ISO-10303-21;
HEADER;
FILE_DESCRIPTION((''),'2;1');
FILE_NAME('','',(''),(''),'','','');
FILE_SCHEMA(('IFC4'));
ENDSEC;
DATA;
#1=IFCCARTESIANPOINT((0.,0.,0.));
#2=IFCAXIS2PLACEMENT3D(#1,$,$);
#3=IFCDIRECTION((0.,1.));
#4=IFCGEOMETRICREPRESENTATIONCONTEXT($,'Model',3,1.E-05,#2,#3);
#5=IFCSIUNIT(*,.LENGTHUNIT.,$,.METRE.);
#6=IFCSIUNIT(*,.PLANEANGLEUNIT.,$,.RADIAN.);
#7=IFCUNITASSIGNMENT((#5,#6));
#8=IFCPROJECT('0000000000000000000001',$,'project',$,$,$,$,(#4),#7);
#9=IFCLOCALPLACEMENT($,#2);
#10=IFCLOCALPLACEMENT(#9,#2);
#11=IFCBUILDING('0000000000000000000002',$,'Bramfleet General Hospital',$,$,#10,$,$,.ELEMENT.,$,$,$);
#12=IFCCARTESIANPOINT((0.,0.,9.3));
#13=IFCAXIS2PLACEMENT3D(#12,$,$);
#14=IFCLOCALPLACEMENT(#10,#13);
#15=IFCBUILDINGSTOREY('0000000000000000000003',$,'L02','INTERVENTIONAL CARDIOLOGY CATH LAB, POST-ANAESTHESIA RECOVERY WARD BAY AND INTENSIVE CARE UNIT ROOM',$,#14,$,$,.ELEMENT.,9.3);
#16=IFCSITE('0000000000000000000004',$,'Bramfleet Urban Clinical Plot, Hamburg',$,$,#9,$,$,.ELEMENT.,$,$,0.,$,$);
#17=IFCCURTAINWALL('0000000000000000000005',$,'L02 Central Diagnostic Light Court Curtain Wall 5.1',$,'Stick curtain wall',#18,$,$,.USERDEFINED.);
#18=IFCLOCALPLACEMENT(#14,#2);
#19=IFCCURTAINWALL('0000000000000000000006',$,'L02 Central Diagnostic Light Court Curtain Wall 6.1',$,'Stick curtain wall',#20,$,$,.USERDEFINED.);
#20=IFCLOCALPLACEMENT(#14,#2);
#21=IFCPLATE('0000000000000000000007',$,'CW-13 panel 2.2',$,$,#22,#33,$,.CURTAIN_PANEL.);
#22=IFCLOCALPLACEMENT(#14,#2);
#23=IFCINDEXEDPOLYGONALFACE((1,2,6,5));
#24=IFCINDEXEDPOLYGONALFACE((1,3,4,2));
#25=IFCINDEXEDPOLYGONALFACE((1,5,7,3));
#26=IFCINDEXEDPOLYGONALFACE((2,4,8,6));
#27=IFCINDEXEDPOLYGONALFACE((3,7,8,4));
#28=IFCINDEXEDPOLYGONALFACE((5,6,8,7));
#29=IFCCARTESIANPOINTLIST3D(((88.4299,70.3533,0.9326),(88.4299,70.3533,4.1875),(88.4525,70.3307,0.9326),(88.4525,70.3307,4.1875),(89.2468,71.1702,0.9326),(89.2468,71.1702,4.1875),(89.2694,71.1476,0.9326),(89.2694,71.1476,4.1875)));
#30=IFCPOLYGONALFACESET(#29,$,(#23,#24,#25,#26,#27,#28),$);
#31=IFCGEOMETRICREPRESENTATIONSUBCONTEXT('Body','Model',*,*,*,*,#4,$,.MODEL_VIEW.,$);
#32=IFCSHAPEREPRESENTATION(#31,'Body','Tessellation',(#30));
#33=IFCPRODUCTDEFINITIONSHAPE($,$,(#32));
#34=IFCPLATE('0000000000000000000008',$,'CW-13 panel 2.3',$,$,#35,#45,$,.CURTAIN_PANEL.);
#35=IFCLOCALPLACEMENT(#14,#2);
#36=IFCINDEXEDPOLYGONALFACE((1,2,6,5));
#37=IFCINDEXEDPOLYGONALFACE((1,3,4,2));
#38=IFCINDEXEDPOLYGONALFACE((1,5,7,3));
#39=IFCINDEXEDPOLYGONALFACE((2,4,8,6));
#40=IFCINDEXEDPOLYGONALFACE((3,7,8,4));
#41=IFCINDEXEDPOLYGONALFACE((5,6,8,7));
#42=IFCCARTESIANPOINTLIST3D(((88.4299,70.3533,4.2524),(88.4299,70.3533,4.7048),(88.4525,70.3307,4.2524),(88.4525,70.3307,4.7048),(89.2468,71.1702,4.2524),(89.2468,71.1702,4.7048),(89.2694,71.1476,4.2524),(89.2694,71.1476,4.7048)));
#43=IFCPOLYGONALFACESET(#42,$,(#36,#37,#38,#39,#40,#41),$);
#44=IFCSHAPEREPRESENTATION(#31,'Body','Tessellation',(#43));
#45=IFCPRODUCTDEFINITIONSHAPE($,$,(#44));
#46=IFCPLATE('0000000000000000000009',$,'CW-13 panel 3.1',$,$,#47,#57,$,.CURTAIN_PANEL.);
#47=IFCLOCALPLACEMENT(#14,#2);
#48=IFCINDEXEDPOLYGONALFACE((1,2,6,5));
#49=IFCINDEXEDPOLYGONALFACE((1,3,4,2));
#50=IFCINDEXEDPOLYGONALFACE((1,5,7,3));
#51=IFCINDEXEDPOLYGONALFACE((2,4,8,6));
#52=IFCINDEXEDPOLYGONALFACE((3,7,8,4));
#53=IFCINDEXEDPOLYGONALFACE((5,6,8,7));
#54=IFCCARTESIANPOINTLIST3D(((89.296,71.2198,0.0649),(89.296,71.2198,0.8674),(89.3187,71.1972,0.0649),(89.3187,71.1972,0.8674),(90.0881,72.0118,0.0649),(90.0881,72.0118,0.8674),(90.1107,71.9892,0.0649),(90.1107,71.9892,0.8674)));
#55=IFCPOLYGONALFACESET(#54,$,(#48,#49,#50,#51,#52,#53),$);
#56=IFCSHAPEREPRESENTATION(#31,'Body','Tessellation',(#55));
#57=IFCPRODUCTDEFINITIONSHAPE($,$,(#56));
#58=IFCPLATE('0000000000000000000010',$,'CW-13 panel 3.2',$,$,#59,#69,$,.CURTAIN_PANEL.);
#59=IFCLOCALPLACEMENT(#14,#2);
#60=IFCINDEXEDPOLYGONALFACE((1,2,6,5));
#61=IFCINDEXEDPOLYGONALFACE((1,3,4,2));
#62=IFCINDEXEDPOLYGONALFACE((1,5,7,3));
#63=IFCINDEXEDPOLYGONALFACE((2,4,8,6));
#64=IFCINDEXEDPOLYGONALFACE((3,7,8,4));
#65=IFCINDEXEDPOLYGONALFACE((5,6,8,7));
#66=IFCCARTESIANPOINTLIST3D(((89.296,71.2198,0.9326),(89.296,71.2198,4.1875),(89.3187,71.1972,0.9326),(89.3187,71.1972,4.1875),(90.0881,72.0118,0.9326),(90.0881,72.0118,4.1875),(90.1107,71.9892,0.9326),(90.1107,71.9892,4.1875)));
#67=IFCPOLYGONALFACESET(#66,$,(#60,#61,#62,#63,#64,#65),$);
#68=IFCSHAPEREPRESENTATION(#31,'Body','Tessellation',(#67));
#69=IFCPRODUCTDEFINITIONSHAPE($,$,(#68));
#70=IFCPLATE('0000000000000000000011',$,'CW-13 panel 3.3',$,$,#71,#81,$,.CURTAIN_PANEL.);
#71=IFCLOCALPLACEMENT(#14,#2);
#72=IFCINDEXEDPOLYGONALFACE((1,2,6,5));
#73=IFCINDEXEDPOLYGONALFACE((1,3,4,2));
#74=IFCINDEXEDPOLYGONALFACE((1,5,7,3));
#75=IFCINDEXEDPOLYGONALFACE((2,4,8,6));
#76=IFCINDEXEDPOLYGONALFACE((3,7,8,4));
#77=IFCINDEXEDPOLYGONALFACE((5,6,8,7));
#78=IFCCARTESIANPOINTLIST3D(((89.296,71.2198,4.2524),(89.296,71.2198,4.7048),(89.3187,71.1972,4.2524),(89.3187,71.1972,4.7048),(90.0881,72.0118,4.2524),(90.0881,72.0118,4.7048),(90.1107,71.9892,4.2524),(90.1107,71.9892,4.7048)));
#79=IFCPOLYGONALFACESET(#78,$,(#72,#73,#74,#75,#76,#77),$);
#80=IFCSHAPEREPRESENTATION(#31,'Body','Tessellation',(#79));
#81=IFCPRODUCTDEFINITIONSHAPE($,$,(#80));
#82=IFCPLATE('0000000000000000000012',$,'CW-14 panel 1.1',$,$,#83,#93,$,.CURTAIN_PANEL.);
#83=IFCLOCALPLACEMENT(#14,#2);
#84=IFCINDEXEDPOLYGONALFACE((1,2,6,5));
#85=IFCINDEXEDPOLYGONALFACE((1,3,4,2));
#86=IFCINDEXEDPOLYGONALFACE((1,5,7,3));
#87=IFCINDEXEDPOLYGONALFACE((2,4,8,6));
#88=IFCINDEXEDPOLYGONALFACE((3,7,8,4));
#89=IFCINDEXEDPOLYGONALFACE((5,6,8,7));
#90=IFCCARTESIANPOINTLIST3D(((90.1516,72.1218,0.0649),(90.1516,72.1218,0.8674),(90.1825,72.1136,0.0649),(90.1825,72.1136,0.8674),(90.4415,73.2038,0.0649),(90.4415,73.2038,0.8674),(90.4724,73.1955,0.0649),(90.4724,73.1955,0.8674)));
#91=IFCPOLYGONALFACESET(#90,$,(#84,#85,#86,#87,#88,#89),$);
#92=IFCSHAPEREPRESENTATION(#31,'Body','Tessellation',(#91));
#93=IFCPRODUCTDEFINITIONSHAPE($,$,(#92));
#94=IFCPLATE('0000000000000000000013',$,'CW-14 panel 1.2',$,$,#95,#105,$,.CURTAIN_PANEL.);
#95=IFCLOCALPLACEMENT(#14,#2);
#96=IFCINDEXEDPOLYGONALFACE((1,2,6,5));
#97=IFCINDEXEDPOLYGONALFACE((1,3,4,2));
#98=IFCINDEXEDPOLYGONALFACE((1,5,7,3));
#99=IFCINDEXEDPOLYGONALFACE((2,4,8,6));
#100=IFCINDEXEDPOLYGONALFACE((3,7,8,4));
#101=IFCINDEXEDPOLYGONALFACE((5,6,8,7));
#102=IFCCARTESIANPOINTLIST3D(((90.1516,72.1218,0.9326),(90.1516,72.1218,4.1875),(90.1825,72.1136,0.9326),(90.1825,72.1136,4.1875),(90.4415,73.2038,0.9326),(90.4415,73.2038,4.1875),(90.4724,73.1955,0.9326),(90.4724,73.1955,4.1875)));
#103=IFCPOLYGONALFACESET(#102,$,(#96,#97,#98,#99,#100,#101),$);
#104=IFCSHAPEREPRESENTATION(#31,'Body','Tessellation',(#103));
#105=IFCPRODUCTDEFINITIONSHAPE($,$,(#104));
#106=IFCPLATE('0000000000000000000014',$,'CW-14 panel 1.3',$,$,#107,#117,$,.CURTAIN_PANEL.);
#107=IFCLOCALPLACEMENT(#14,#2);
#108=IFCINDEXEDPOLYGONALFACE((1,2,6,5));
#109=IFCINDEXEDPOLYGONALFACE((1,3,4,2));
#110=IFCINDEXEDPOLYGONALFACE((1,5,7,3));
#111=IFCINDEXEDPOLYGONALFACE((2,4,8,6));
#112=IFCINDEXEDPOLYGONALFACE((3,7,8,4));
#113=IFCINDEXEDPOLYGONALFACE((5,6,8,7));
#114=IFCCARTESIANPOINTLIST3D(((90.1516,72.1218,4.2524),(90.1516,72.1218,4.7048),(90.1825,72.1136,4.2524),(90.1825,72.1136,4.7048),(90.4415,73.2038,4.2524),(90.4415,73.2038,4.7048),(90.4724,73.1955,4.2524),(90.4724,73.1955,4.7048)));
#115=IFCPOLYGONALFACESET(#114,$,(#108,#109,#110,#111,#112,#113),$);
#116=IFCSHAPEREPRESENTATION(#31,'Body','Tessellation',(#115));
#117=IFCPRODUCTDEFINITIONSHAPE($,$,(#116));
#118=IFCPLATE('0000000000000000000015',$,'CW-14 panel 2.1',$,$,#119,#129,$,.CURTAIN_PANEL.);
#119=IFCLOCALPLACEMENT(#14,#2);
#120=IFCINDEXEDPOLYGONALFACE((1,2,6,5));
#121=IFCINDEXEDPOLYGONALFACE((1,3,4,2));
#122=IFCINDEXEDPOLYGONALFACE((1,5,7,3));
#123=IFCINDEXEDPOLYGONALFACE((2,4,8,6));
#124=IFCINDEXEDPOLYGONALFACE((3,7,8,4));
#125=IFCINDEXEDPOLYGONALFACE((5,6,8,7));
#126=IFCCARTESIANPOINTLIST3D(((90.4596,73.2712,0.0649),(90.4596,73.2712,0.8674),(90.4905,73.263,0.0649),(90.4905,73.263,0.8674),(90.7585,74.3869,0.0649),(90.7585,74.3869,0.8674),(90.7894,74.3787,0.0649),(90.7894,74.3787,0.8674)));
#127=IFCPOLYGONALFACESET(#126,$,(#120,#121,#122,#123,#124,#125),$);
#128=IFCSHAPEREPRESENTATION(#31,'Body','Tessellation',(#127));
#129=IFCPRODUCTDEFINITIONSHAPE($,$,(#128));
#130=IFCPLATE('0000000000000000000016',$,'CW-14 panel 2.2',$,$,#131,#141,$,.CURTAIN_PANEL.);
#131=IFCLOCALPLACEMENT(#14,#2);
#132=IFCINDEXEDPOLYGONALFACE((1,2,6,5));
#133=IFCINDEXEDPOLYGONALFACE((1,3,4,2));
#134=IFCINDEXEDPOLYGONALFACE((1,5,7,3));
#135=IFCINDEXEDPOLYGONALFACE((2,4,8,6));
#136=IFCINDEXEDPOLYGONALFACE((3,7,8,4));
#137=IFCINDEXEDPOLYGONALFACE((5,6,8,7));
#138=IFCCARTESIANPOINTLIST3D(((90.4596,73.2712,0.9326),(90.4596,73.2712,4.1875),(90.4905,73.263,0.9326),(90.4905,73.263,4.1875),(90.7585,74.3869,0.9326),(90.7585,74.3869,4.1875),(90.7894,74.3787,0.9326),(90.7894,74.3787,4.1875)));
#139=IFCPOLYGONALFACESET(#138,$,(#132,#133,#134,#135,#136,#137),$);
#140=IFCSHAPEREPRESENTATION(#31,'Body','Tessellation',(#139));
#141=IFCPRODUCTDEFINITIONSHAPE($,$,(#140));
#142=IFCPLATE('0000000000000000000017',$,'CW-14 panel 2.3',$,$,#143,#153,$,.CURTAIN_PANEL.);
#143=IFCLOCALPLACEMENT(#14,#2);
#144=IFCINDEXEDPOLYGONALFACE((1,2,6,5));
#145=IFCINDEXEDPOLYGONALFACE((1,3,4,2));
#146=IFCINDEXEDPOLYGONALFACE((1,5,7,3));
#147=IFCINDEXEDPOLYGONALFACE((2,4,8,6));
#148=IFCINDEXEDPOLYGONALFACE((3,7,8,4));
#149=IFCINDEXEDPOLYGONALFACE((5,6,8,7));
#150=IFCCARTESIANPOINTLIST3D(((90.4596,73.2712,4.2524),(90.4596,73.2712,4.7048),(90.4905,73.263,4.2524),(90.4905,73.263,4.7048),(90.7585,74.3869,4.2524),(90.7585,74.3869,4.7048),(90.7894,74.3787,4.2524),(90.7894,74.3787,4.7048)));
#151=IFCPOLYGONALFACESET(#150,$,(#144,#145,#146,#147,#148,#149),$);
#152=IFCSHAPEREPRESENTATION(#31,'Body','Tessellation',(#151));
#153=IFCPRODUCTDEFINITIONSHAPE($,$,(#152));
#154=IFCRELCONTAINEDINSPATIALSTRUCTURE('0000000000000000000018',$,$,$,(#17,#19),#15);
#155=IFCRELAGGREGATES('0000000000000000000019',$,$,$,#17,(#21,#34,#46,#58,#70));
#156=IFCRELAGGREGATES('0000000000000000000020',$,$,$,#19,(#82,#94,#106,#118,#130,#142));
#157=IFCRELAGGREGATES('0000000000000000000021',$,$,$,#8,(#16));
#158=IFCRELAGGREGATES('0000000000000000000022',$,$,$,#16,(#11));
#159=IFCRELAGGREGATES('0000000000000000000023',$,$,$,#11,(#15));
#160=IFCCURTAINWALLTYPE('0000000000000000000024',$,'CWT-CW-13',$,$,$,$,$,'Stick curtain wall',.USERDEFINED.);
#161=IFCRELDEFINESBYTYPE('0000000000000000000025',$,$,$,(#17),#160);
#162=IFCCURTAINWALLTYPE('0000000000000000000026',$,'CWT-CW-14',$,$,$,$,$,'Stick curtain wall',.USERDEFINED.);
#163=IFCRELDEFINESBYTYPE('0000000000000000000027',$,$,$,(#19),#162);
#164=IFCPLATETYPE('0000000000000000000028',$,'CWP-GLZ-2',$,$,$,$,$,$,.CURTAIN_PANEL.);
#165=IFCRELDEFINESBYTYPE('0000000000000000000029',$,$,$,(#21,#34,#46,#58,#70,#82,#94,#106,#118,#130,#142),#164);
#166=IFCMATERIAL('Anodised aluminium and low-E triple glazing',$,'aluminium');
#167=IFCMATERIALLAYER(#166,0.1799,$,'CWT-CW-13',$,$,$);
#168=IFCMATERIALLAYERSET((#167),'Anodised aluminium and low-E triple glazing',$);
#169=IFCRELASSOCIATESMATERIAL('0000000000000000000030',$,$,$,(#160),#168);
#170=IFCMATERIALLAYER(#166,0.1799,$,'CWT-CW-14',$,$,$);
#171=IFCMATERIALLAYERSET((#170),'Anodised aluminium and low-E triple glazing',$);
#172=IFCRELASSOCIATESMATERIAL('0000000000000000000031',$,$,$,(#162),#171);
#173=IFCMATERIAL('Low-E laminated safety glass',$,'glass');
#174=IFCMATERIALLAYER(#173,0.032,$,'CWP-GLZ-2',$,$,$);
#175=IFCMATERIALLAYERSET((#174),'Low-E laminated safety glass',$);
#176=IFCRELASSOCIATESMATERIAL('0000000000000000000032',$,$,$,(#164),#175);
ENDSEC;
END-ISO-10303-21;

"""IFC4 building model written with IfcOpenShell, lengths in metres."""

from ifc_helpers import new_model, si_unit, direction, frame, origin, origin_2d, place, context, subcontext, project, spatial, rectangle, extrude, material, layer, layer_set, type_object, element, aggregate, save


model = new_model("IFC4")

# Units and contexts
model_context = context("Model", 3, precision=1e-05, world=origin(), true_north=direction((0.0, 1.0)))
body_context = subcontext(model_context, "Body", "Model", "MODEL_VIEW")
ifc_project = project(units=[si_unit("LENGTHUNIT", "METRE"), si_unit("PLANEANGLEUNIT", "RADIAN")], contexts=[model_context])

# Site, building, storey
site_placement = place(None, origin())
site = spatial("IfcSite", under=ifc_project, at=site_placement, Name="Bramfleet Urban Clinical Plot, Hamburg", CompositionType="ELEMENT", RefElevation=0.0)
building_placement = place(site_placement, origin())
building = spatial("IfcBuilding", under=site, at=building_placement, Name="Bramfleet General Hospital", CompositionType="ELEMENT")
storey_placement = place(building_placement, frame((0.0, 0.0, 9.3)))
storey = spatial("IfcBuildingStorey", under=building, at=storey_placement, Name="L02", Description="INTERVENTIONAL CARDIOLOGY CATH LAB, POST-ANAESTHESIA RECOVERY WARD BAY AND INTENSIVE CARE UNIT ROOM", CompositionType="ELEMENT", Elevation=9.3)

# Curtain walls
ifc_material_1 = material(Name="Anodised aluminium and low-E triple glazing", Category="aluminium")
ifc_layer_1 = layer(ifc_material_1, 0.1799, Name="CWT-CW-13")
ifc_layer_set_1 = layer_set([ifc_layer_1], Name="Anodised aluminium and low-E triple glazing")
curtain_wall_type_1 = type_object("IfcCurtainWallType", Name="CWT-CW-13", ElementType="Stick curtain wall", PredefinedType="USERDEFINED", material=ifc_layer_set_1)
curtain_wall_1_placement = place(storey_placement, origin())
curtain_wall_1 = element("IfcCurtainWall", 1, at=curtain_wall_1_placement, inside=storey, type_object=curtain_wall_type_1, Name="L02 Central Diagnostic Light Court Curtain Wall 5.1", ObjectType="Stick curtain wall", PredefinedType="USERDEFINED")
ifc_layer_2 = layer(ifc_material_1, 0.1799, Name="CWT-CW-14")
ifc_layer_set_2 = layer_set([ifc_layer_2], Name="Anodised aluminium and low-E triple glazing")
curtain_wall_type_2 = type_object("IfcCurtainWallType", Name="CWT-CW-14", ElementType="Stick curtain wall", PredefinedType="USERDEFINED", material=ifc_layer_set_2)
curtain_wall_2_placement = place(storey_placement, origin())
curtain_wall_2 = element("IfcCurtainWall", 2, at=curtain_wall_2_placement, inside=storey, type_object=curtain_wall_type_2, Name="L02 Central Diagnostic Light Court Curtain Wall 6.1", ObjectType="Stick curtain wall", PredefinedType="USERDEFINED")

# Plates
ifc_material_2 = material(Name="Low-E laminated safety glass", Category="glass")
ifc_layer_3 = layer(ifc_material_2, 0.032, Name="CWP-GLZ-2")
ifc_layer_set_3 = layer_set([ifc_layer_3], Name="Low-E laminated safety glass")
plate_type = type_object("IfcPlateType", Name="CWP-GLZ-2", PredefinedType="CURTAIN_PANEL", material=ifc_layer_set_3)
plate_1_placement = place(storey_placement, frame((88.8496, 70.7505, 0.9326), z_axis=(0.0, 0.0, 1.0), x_axis=(0.707107, 0.707107, 0.0)))
plate_1 = element("IfcPlate", 3, at=plate_1_placement, type_object=plate_type, Name="CW-13 panel 2.2", PredefinedType="CURTAIN_PANEL", context=body_context, shape_type="SweptSolid", body=[
    extrude(rectangle(XDim=1.1553, YDim=0.032, at=origin_2d()), origin(), (0.0, 0.0, 1.0), 3.2549),
])
plate_2_placement = place(storey_placement, frame((88.8496, 70.7505, 4.2524), z_axis=(0.0, 0.0, 1.0), x_axis=(0.707107, 0.707107, 0.0)))
plate_2 = element("IfcPlate", 4, at=plate_2_placement, type_object=plate_type, Name="CW-13 panel 2.3", PredefinedType="CURTAIN_PANEL", context=body_context, shape_type="SweptSolid", body=[
    extrude(rectangle(XDim=1.1553, YDim=0.032, at=origin_2d()), origin(), (0.0, 0.0, 1.0), 0.4524),
])
plate_3_placement = place(storey_placement, frame((89.7034, 71.6045, 0.0649), z_axis=(0.0, 0.0, 1.0), x_axis=(0.707107, 0.707107, 0.0)))
plate_3 = element("IfcPlate", 5, at=plate_3_placement, type_object=plate_type, Name="CW-13 panel 3.1", PredefinedType="CURTAIN_PANEL", context=body_context, shape_type="SweptSolid", body=[
    extrude(rectangle(XDim=1.1201, YDim=0.032, at=origin_2d()), origin(), (0.0, 0.0, 1.0), 0.8025),
])
plate_4_placement = place(storey_placement, frame((89.7034, 71.6045, 0.9326), z_axis=(0.0, 0.0, 1.0), x_axis=(0.707107, 0.707107, 0.0)))
plate_4 = element("IfcPlate", 6, at=plate_4_placement, type_object=plate_type, Name="CW-13 panel 3.2", PredefinedType="CURTAIN_PANEL", context=body_context, shape_type="SweptSolid", body=[
    extrude(rectangle(XDim=1.1201, YDim=0.032, at=origin_2d()), origin(), (0.0, 0.0, 1.0), 3.2549),
])
plate_5_placement = place(storey_placement, frame((89.7034, 71.6045, 4.2524), z_axis=(0.0, 0.0, 1.0), x_axis=(0.707107, 0.707107, 0.0)))
plate_5 = element("IfcPlate", 7, at=plate_5_placement, type_object=plate_type, Name="CW-13 panel 3.3", PredefinedType="CURTAIN_PANEL", context=body_context, shape_type="SweptSolid", body=[
    extrude(rectangle(XDim=1.1201, YDim=0.032, at=origin_2d()), origin(), (0.0, 0.0, 1.0), 0.4524),
])
aggregate(curtain_wall_1, [plate_1, plate_2, plate_3, plate_4, plate_5])
plate_6_placement = place(storey_placement, frame((90.312, 72.6587, 0.0649), z_axis=(0.0, 0.0, 1.0), x_axis=(0.258763, 0.965941, 0.0)))
plate_6 = element("IfcPlate", 8, at=plate_6_placement, type_object=plate_type, Name="CW-14 panel 1.1", PredefinedType="CURTAIN_PANEL", context=body_context, shape_type="SweptSolid", body=[
    extrude(rectangle(XDim=1.1201, YDim=0.032, at=origin_2d()), origin(), (0.0, 0.0, 1.0), 0.8025),
])
plate_7_placement = place(storey_placement, frame((90.312, 72.6587, 0.9326), z_axis=(0.0, 0.0, 1.0), x_axis=(0.258763, 0.965941, 0.0)))
plate_7 = element("IfcPlate", 9, at=plate_7_placement, type_object=plate_type, Name="CW-14 panel 1.2", PredefinedType="CURTAIN_PANEL", context=body_context, shape_type="SweptSolid", body=[
    extrude(rectangle(XDim=1.1201, YDim=0.032, at=origin_2d()), origin(), (0.0, 0.0, 1.0), 3.2549),
])
plate_8_placement = place(storey_placement, frame((90.312, 72.6587, 4.2524), z_axis=(0.0, 0.0, 1.0), x_axis=(0.258763, 0.965941, 0.0)))
plate_8 = element("IfcPlate", 10, at=plate_8_placement, type_object=plate_type, Name="CW-14 panel 1.3", PredefinedType="CURTAIN_PANEL", context=body_context, shape_type="SweptSolid", body=[
    extrude(rectangle(XDim=1.1201, YDim=0.032, at=origin_2d()), origin(), (0.0, 0.0, 1.0), 0.4524),
])
plate_9_placement = place(storey_placement, frame((90.6245, 73.825, 0.0649), z_axis=(0.0, 0.0, 1.0), x_axis=(0.258763, 0.965941, 0.0)))
plate_9 = element("IfcPlate", 11, at=plate_9_placement, type_object=plate_type, Name="CW-14 panel 2.1", PredefinedType="CURTAIN_PANEL", context=body_context, shape_type="SweptSolid", body=[
    extrude(rectangle(XDim=1.155, YDim=0.032, at=origin_2d()), origin(), (0.0, 0.0, 1.0), 0.8025),
])
plate_10_placement = place(storey_placement, frame((90.6245, 73.825, 0.9326), z_axis=(0.0, 0.0, 1.0), x_axis=(0.258763, 0.965941, 0.0)))
plate_10 = element("IfcPlate", 12, at=plate_10_placement, type_object=plate_type, Name="CW-14 panel 2.2", PredefinedType="CURTAIN_PANEL", context=body_context, shape_type="SweptSolid", body=[
    extrude(rectangle(XDim=1.155, YDim=0.032, at=origin_2d()), origin(), (0.0, 0.0, 1.0), 3.2549),
])
plate_11_placement = place(storey_placement, frame((90.6245, 73.825, 4.2524), z_axis=(0.0, 0.0, 1.0), x_axis=(0.258763, 0.965941, 0.0)))
plate_11 = element("IfcPlate", 13, at=plate_11_placement, type_object=plate_type, Name="CW-14 panel 2.3", PredefinedType="CURTAIN_PANEL", context=body_context, shape_type="SweptSolid", body=[
    extrude(rectangle(XDim=1.155, YDim=0.032, at=origin_2d()), origin(), (0.0, 0.0, 1.0), 0.4524),
])
aggregate(curtain_wall_2, [plate_6, plate_7, plate_8, plate_9, plate_10, plate_11])

save(model, "model.ifc")
